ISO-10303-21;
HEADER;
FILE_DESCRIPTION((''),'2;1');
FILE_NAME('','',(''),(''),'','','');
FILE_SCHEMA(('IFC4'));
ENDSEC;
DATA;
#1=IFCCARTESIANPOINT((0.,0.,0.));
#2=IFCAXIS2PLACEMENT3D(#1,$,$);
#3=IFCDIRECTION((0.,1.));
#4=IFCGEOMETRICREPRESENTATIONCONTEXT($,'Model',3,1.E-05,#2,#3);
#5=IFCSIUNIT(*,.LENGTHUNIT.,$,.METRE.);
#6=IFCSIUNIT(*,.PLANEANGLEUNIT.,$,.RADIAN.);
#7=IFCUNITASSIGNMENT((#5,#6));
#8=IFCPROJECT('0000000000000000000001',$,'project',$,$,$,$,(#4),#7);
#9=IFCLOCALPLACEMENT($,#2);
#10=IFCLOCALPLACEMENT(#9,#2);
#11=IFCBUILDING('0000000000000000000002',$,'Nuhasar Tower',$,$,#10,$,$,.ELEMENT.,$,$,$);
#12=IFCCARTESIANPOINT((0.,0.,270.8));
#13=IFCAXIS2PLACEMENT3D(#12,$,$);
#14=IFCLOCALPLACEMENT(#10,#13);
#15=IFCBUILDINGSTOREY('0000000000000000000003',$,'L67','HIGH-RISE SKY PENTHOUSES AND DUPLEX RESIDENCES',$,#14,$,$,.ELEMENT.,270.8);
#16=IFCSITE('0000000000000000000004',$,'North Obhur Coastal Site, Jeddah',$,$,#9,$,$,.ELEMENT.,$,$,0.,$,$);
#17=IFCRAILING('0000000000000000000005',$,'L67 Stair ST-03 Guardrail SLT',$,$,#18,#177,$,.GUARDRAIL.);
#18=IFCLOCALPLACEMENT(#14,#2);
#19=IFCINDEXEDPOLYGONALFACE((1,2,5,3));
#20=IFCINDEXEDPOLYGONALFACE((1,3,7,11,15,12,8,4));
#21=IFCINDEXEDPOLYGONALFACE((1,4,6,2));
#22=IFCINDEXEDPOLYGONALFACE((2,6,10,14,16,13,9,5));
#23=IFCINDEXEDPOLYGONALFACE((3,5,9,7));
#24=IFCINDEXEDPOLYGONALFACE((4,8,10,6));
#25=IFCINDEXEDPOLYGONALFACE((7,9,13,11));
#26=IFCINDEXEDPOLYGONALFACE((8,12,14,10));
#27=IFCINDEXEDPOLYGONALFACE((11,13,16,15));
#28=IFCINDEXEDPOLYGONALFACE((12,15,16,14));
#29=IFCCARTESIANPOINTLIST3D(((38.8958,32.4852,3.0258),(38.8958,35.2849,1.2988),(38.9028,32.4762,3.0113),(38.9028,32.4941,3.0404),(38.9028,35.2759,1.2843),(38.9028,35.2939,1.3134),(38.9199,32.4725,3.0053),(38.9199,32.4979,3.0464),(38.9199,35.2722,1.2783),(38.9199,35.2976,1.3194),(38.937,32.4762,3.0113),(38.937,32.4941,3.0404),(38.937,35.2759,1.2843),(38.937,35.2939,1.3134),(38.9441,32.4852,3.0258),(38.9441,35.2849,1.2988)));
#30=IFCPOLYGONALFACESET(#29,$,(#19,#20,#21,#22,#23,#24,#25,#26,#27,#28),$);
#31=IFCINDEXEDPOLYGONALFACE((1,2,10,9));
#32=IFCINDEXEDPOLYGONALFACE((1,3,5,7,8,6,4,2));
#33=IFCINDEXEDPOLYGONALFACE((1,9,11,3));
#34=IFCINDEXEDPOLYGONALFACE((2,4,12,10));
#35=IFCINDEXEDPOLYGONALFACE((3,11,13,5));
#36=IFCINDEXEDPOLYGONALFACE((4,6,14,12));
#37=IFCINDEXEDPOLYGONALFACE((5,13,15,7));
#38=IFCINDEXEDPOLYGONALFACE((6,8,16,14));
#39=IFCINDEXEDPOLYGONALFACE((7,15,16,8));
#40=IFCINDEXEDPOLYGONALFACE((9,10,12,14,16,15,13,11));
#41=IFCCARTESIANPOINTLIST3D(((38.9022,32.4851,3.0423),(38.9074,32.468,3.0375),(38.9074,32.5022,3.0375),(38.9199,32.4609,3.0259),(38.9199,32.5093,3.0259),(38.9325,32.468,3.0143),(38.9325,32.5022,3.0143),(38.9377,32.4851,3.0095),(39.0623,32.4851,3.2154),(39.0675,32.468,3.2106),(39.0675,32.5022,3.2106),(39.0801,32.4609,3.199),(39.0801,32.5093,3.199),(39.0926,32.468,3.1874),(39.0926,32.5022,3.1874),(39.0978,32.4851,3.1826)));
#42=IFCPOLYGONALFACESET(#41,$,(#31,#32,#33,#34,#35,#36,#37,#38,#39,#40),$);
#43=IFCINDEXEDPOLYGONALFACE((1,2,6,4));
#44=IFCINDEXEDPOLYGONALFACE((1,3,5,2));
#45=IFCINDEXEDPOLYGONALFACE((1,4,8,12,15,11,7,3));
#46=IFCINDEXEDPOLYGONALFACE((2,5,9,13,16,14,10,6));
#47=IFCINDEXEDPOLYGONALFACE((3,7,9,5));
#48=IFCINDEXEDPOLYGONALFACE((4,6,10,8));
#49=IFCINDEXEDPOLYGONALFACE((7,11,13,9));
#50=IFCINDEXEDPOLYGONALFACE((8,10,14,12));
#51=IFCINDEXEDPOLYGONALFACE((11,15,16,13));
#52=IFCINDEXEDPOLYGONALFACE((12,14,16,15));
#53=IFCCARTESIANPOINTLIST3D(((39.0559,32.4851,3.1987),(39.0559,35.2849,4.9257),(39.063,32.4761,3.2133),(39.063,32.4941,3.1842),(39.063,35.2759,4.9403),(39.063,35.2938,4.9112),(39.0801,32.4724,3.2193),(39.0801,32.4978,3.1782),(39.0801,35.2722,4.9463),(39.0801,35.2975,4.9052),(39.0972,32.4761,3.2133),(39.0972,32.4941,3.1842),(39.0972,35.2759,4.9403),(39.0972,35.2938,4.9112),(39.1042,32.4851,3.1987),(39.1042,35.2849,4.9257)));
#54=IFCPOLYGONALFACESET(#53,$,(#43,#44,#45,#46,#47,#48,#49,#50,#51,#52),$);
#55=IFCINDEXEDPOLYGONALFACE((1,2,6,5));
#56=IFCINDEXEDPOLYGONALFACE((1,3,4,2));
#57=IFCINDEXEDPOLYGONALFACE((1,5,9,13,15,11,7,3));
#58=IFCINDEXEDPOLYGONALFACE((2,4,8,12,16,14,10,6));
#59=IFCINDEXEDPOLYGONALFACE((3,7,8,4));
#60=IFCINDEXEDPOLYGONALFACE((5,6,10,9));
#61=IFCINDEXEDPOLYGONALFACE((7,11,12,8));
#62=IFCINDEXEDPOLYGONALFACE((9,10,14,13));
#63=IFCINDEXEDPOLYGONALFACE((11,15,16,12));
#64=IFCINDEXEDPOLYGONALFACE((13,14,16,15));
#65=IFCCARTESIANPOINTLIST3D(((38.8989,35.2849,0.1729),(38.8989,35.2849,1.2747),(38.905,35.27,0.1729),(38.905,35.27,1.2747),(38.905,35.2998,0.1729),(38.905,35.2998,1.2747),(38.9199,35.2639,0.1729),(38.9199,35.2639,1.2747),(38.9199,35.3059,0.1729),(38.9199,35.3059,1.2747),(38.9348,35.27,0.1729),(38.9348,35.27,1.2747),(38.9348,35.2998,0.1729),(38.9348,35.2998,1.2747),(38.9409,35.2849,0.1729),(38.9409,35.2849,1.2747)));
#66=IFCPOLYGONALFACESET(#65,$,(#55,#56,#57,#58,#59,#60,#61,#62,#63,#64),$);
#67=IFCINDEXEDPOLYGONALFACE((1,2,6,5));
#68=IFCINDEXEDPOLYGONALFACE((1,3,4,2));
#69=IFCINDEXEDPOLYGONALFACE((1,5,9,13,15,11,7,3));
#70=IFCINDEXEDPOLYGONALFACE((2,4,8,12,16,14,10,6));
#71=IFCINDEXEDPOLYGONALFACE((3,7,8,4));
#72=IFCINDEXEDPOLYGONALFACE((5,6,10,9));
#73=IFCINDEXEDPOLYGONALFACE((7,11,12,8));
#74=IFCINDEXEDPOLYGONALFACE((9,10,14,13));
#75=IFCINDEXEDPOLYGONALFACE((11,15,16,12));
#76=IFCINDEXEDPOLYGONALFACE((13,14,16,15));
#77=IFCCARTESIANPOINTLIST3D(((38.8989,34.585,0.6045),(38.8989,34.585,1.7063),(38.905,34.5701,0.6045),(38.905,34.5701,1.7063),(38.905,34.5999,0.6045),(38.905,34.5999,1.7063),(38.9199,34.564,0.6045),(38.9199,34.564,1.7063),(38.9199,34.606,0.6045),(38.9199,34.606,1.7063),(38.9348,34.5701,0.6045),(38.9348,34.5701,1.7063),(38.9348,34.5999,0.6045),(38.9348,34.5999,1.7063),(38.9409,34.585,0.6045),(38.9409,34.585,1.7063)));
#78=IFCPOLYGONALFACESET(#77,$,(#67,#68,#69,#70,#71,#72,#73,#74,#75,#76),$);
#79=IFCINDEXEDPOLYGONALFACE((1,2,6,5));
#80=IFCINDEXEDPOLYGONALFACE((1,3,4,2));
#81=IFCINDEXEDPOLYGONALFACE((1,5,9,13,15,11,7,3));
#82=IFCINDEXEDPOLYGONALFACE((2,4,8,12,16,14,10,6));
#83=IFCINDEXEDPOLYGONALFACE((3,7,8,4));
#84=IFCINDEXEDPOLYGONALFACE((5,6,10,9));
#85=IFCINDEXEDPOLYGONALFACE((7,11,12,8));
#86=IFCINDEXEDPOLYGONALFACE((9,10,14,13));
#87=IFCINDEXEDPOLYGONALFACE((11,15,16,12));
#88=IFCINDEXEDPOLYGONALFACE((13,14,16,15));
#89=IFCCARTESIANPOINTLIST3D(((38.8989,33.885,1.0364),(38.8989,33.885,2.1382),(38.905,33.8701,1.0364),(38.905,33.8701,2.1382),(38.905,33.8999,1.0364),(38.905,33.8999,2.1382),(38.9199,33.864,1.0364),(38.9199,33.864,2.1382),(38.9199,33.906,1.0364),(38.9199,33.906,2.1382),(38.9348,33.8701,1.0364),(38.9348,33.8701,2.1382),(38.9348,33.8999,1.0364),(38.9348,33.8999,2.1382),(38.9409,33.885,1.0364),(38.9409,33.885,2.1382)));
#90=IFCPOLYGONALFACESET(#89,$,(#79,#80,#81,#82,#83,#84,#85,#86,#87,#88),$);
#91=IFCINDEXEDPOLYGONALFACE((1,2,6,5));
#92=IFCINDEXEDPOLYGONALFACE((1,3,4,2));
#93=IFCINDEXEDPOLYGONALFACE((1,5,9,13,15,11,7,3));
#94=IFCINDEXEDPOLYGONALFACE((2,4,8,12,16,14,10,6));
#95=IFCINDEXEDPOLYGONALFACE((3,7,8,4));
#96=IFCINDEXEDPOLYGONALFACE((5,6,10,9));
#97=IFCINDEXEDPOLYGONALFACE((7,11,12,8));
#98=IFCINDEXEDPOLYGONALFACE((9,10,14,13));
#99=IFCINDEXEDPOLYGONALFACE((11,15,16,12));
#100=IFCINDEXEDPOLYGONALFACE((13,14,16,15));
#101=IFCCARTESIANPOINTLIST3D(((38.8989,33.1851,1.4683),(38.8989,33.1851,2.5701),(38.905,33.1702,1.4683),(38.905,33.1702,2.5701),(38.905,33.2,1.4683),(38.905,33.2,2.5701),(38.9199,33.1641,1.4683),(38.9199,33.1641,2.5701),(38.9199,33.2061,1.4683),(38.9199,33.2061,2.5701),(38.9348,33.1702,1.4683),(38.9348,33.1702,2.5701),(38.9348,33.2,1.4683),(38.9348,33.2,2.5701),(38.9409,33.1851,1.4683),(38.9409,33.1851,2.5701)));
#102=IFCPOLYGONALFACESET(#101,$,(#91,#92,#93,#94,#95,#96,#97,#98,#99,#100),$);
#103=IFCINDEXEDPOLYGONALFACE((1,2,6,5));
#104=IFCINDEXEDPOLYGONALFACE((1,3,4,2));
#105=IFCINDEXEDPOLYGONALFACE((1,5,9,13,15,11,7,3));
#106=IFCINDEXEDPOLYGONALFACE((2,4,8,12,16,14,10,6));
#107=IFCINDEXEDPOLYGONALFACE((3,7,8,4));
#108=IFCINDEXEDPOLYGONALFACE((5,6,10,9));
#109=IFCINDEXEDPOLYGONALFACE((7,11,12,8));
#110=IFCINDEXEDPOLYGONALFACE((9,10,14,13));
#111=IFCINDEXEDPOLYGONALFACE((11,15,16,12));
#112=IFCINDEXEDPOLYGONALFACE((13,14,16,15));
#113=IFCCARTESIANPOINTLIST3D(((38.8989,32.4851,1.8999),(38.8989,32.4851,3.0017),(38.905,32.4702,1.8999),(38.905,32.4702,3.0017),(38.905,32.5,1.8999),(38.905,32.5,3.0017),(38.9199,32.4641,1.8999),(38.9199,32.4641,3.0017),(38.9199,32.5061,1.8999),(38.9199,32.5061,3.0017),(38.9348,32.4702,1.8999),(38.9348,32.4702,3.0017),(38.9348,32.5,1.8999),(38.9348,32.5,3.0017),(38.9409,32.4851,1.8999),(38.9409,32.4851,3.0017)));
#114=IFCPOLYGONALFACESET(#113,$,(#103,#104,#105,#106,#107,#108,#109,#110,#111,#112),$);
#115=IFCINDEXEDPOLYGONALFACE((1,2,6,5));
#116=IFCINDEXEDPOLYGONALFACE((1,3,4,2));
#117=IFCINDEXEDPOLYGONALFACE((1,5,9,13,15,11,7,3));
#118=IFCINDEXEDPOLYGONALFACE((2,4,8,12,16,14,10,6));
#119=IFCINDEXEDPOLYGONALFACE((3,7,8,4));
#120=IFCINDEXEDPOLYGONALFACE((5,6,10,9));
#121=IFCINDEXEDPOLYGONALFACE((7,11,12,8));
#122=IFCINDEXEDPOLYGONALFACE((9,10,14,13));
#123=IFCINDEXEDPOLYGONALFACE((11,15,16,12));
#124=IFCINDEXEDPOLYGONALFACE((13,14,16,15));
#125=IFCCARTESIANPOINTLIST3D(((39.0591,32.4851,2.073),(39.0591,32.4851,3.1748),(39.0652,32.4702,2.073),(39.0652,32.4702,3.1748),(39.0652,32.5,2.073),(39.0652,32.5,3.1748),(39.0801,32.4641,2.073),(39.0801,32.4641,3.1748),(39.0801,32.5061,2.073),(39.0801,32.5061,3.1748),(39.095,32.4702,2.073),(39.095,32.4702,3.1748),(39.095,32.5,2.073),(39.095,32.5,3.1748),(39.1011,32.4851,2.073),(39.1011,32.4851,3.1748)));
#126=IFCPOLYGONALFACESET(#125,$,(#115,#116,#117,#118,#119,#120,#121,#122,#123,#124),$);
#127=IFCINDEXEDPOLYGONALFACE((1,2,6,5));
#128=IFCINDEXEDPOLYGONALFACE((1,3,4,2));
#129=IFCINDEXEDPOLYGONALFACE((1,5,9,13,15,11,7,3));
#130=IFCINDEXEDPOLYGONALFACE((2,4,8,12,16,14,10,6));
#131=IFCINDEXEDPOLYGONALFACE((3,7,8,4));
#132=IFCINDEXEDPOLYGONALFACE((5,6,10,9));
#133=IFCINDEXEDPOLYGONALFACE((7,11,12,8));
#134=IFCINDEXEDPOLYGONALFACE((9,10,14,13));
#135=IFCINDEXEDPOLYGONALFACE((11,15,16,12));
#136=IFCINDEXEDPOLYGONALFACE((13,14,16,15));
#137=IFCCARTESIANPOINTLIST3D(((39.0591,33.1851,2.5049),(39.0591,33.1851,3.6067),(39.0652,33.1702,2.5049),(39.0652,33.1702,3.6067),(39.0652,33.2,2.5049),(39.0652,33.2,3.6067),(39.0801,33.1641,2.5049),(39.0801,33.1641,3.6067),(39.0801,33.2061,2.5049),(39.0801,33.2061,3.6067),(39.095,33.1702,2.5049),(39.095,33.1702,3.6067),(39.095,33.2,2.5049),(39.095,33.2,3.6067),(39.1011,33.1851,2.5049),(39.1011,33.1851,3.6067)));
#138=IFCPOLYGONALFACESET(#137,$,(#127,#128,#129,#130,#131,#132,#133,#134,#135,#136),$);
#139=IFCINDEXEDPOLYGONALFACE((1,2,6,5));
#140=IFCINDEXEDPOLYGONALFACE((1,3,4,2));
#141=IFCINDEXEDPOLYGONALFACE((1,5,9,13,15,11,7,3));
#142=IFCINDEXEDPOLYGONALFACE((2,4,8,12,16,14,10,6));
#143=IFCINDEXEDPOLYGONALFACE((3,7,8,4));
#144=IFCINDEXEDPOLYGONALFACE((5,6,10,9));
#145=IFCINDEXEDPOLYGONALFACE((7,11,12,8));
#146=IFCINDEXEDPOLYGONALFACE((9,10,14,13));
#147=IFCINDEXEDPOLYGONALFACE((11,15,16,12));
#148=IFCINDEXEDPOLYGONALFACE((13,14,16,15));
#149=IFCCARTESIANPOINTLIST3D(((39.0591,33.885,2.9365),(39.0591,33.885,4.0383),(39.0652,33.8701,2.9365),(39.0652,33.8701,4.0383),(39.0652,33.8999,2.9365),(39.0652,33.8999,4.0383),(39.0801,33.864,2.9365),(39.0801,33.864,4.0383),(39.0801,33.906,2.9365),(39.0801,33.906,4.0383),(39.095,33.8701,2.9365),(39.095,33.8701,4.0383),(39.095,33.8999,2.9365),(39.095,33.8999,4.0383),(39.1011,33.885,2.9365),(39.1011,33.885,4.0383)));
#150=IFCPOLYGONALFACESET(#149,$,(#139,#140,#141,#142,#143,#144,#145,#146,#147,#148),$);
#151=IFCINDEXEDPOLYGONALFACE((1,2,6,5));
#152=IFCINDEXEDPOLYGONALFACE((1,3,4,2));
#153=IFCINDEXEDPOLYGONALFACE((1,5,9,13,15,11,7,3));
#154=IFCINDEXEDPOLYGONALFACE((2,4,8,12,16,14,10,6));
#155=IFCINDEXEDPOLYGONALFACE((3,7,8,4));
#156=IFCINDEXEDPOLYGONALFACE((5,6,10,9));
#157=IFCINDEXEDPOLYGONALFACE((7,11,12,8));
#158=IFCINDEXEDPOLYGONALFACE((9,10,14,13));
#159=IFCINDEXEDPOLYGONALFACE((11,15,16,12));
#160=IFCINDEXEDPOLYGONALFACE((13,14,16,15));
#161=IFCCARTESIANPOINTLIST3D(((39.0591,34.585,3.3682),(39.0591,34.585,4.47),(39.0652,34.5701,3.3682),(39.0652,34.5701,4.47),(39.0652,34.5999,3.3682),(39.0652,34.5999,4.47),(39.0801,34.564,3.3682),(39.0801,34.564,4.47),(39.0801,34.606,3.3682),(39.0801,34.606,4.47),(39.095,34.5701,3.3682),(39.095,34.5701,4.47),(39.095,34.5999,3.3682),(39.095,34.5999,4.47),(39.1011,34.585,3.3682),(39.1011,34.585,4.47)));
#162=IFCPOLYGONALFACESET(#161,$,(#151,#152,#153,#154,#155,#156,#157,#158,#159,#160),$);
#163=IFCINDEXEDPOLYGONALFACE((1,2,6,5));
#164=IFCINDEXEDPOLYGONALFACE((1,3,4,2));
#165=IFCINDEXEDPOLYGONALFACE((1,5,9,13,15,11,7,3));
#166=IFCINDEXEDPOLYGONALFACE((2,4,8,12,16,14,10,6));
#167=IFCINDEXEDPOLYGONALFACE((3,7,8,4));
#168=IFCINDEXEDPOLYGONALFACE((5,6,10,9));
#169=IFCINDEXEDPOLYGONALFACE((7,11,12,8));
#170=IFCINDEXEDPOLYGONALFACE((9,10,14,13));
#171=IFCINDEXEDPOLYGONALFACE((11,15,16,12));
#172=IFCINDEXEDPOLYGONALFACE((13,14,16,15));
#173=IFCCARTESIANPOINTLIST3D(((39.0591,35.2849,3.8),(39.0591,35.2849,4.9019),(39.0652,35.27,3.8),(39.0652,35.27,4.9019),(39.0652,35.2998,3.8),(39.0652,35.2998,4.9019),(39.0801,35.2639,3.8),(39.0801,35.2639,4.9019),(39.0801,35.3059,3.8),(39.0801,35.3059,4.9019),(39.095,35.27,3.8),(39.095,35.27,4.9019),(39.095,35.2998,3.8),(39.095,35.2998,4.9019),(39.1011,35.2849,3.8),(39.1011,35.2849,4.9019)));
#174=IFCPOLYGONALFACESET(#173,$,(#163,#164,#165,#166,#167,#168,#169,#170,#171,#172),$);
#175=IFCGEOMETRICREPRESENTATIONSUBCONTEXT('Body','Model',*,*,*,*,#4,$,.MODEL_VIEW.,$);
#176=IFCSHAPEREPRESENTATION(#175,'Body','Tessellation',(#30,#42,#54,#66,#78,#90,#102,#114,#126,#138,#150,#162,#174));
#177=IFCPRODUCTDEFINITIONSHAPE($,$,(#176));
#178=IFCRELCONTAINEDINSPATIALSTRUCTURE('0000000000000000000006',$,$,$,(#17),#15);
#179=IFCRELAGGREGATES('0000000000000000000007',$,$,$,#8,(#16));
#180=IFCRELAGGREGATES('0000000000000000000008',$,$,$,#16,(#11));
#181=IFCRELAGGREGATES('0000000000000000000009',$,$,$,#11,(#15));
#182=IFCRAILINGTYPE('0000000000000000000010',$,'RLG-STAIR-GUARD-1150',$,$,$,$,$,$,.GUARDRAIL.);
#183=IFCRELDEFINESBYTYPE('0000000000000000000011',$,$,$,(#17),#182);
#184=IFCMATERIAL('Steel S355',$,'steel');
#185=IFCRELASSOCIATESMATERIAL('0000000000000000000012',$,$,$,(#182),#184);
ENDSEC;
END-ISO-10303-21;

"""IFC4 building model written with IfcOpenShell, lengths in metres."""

from ifc_helpers import new_model, si_unit, direction, frame, origin, place, context, subcontext, project, spatial, polyline, outline, extrude, material, type_object, element, save


model = new_model("IFC4")

# Units and contexts
model_context = context("Model", 3, precision=1e-05, world=origin(), true_north=direction((0.0, 1.0)))
body_context = subcontext(model_context, "Body", "Model", "MODEL_VIEW")
ifc_project = project(units=[si_unit("LENGTHUNIT", "METRE"), si_unit("PLANEANGLEUNIT", "RADIAN")], contexts=[model_context])

# Site, building, storey
site_placement = place(None, origin())
site = spatial("IfcSite", under=ifc_project, at=site_placement, Name="North Obhur Coastal Site, Jeddah", CompositionType="ELEMENT", RefElevation=0.0)
building_placement = place(site_placement, origin())
building = spatial("IfcBuilding", under=site, at=building_placement, Name="Nuhasar Tower", CompositionType="ELEMENT")
storey_placement = place(building_placement, frame((0.0, 0.0, 270.8)))
storey = spatial("IfcBuildingStorey", under=building, at=storey_placement, Name="L67", Description="HIGH-RISE SKY PENTHOUSES AND DUPLEX RESIDENCES", CompositionType="ELEMENT", Elevation=270.8)

# Shared definitions
ifc_material_1 = material(Name="Steel S355", Category="steel")

# Railing
railing_type_1 = type_object("IfcRailingType", Name="RLG-STAIR-GUARD-1150", PredefinedType="GUARDRAIL", material=ifc_material_1)
railing_1_placement = place(storey_placement, frame((38.9199, 35.2849, 0.1729)))
element("IfcRailing", 1, at=railing_1_placement, inside=storey, type_object=railing_type_1, Name="L67 Stair ST-03 Guardrail SLT", PredefinedType="GUARDRAIL", context=body_context, shape_type="SweptSolid", body=[
    extrude(outline(polyline([(0.0242, 0.0), (0.0171, 0.0171), (0.0, 0.0242), (-0.0171, 0.0171), (-0.0242, 0.0), (-0.0171, -0.0171), (0.0, -0.0242), (0.0171, -0.0171), (0.0242, 0.0)])), frame((0.0, 0.0, 1.126), z_axis=(0.0, -0.851102, 0.525), x_axis=(1.0, 0.0, 0.0)), (0.0, 0.0, 1.0), 3.2896),
    extrude(outline(polyline([(0.0242, 0.0), (0.0171, 0.0171), (0.0, 0.0242), (-0.0171, 0.0171), (-0.0242, 0.0), (-0.0171, -0.0171), (0.0, -0.0242), (0.0171, -0.0171), (0.0242, 0.0)])), frame((0.0, -2.7998, 2.853), z_axis=(0.67914, 0.0, 0.734009), x_axis=(0.0, 1.0, 0.0)), (0.0, 0.0, 1.0), 0.2358),
    extrude(outline(polyline([(0.0242, 0.0), (0.0171, 0.0171), (0.0, 0.0242), (-0.0171, 0.0171), (-0.0242, 0.0), (-0.0171, -0.0171), (0.0, -0.0242), (0.0171, -0.0171), (0.0242, 0.0)])), frame((0.1602, -2.7998, 3.0259), z_axis=(0.0, 0.851102, 0.525), x_axis=(-1.0, 0.0, 0.0)), (0.0, 0.0, 1.0), 3.2896),
    extrude(outline(polyline([(0.021, 0.0), (0.0149, 0.0149), (0.0, 0.021), (-0.0149, 0.0149), (-0.021, 0.0), (-0.0149, -0.0149), (0.0, -0.021), (0.0149, -0.0149), (0.021, 0.0)])), origin(), (0.0, 0.0, 1.0), 1.1018),
    extrude(outline(polyline([(0.021, 0.0), (0.0149, 0.0149), (0.0, 0.021), (-0.0149, 0.0149), (-0.021, 0.0), (-0.0149, -0.0149), (0.0, -0.021), (0.0149, -0.0149), (0.021, 0.0)])), frame((0.0, -0.7, 0.4316)), (0.0, 0.0, 1.0), 1.1018),
    extrude(outline(polyline([(0.021, 0.0), (0.0149, 0.0149), (0.0, 0.021), (-0.0149, 0.0149), (-0.021, 0.0), (-0.0149, -0.0149), (0.0, -0.021), (0.0149, -0.0149), (0.021, 0.0)])), frame((0.0, -1.3999, 0.8635)), (0.0, 0.0, 1.0), 1.1018),
    extrude(outline(polyline([(0.021, 0.0), (0.0149, 0.0149), (0.0, 0.021), (-0.0149, 0.0149), (-0.021, 0.0), (-0.0149, -0.0149), (0.0, -0.021), (0.0149, -0.0149), (0.021, 0.0)])), frame((0.0, -2.0999, 1.2954)), (0.0, 0.0, 1.0), 1.1018),
    extrude(outline(polyline([(0.021, 0.0), (0.0149, 0.0149), (0.0, 0.021), (-0.0149, 0.0149), (-0.021, 0.0), (-0.0149, -0.0149), (0.0, -0.021), (0.0149, -0.0149), (0.021, 0.0)])), frame((0.0, -2.7998, 1.7271)), (0.0, 0.0, 1.0), 1.1018),
    extrude(outline(polyline([(0.021, 0.0), (0.0149, 0.0149), (0.0, 0.021), (-0.0149, 0.0149), (-0.021, 0.0), (-0.0149, -0.0149), (0.0, -0.021), (0.0149, -0.0149), (0.021, 0.0)])), frame((0.1602, -2.7998, 1.9001)), (0.0, 0.0, 1.0), 1.1018),
    extrude(outline(polyline([(0.021, 0.0), (0.0149, 0.0149), (0.0, 0.021), (-0.0149, 0.0149), (-0.021, 0.0), (-0.0149, -0.0149), (0.0, -0.021), (0.0149, -0.0149), (0.021, 0.0)])), frame((0.1602, -2.0999, 2.332)), (0.0, 0.0, 1.0), 1.1018),
    extrude(outline(polyline([(0.021, 0.0), (0.0149, 0.0149), (0.0, 0.021), (-0.0149, 0.0149), (-0.021, 0.0), (-0.0149, -0.0149), (0.0, -0.021), (0.0149, -0.0149), (0.021, 0.0)])), frame((0.1602, -1.3999, 2.7637)), (0.0, 0.0, 1.0), 1.1018),
    extrude(outline(polyline([(0.021, 0.0), (0.0149, 0.0149), (0.0, 0.021), (-0.0149, 0.0149), (-0.021, 0.0), (-0.0149, -0.0149), (0.0, -0.021), (0.0149, -0.0149), (0.021, 0.0)])), frame((0.1602, -0.7, 3.1953)), (0.0, 0.0, 1.0), 1.1018),
    extrude(outline(polyline([(0.021, 0.0), (0.0149, 0.0149), (0.0, 0.021), (-0.0149, 0.0149), (-0.021, 0.0), (-0.0149, -0.0149), (0.0, -0.021), (0.0149, -0.0149), (0.021, 0.0)])), frame((0.1602, 0.0, 3.6272)), (0.0, 0.0, 1.0), 1.1018),
])

save(model, "model.ifc")
